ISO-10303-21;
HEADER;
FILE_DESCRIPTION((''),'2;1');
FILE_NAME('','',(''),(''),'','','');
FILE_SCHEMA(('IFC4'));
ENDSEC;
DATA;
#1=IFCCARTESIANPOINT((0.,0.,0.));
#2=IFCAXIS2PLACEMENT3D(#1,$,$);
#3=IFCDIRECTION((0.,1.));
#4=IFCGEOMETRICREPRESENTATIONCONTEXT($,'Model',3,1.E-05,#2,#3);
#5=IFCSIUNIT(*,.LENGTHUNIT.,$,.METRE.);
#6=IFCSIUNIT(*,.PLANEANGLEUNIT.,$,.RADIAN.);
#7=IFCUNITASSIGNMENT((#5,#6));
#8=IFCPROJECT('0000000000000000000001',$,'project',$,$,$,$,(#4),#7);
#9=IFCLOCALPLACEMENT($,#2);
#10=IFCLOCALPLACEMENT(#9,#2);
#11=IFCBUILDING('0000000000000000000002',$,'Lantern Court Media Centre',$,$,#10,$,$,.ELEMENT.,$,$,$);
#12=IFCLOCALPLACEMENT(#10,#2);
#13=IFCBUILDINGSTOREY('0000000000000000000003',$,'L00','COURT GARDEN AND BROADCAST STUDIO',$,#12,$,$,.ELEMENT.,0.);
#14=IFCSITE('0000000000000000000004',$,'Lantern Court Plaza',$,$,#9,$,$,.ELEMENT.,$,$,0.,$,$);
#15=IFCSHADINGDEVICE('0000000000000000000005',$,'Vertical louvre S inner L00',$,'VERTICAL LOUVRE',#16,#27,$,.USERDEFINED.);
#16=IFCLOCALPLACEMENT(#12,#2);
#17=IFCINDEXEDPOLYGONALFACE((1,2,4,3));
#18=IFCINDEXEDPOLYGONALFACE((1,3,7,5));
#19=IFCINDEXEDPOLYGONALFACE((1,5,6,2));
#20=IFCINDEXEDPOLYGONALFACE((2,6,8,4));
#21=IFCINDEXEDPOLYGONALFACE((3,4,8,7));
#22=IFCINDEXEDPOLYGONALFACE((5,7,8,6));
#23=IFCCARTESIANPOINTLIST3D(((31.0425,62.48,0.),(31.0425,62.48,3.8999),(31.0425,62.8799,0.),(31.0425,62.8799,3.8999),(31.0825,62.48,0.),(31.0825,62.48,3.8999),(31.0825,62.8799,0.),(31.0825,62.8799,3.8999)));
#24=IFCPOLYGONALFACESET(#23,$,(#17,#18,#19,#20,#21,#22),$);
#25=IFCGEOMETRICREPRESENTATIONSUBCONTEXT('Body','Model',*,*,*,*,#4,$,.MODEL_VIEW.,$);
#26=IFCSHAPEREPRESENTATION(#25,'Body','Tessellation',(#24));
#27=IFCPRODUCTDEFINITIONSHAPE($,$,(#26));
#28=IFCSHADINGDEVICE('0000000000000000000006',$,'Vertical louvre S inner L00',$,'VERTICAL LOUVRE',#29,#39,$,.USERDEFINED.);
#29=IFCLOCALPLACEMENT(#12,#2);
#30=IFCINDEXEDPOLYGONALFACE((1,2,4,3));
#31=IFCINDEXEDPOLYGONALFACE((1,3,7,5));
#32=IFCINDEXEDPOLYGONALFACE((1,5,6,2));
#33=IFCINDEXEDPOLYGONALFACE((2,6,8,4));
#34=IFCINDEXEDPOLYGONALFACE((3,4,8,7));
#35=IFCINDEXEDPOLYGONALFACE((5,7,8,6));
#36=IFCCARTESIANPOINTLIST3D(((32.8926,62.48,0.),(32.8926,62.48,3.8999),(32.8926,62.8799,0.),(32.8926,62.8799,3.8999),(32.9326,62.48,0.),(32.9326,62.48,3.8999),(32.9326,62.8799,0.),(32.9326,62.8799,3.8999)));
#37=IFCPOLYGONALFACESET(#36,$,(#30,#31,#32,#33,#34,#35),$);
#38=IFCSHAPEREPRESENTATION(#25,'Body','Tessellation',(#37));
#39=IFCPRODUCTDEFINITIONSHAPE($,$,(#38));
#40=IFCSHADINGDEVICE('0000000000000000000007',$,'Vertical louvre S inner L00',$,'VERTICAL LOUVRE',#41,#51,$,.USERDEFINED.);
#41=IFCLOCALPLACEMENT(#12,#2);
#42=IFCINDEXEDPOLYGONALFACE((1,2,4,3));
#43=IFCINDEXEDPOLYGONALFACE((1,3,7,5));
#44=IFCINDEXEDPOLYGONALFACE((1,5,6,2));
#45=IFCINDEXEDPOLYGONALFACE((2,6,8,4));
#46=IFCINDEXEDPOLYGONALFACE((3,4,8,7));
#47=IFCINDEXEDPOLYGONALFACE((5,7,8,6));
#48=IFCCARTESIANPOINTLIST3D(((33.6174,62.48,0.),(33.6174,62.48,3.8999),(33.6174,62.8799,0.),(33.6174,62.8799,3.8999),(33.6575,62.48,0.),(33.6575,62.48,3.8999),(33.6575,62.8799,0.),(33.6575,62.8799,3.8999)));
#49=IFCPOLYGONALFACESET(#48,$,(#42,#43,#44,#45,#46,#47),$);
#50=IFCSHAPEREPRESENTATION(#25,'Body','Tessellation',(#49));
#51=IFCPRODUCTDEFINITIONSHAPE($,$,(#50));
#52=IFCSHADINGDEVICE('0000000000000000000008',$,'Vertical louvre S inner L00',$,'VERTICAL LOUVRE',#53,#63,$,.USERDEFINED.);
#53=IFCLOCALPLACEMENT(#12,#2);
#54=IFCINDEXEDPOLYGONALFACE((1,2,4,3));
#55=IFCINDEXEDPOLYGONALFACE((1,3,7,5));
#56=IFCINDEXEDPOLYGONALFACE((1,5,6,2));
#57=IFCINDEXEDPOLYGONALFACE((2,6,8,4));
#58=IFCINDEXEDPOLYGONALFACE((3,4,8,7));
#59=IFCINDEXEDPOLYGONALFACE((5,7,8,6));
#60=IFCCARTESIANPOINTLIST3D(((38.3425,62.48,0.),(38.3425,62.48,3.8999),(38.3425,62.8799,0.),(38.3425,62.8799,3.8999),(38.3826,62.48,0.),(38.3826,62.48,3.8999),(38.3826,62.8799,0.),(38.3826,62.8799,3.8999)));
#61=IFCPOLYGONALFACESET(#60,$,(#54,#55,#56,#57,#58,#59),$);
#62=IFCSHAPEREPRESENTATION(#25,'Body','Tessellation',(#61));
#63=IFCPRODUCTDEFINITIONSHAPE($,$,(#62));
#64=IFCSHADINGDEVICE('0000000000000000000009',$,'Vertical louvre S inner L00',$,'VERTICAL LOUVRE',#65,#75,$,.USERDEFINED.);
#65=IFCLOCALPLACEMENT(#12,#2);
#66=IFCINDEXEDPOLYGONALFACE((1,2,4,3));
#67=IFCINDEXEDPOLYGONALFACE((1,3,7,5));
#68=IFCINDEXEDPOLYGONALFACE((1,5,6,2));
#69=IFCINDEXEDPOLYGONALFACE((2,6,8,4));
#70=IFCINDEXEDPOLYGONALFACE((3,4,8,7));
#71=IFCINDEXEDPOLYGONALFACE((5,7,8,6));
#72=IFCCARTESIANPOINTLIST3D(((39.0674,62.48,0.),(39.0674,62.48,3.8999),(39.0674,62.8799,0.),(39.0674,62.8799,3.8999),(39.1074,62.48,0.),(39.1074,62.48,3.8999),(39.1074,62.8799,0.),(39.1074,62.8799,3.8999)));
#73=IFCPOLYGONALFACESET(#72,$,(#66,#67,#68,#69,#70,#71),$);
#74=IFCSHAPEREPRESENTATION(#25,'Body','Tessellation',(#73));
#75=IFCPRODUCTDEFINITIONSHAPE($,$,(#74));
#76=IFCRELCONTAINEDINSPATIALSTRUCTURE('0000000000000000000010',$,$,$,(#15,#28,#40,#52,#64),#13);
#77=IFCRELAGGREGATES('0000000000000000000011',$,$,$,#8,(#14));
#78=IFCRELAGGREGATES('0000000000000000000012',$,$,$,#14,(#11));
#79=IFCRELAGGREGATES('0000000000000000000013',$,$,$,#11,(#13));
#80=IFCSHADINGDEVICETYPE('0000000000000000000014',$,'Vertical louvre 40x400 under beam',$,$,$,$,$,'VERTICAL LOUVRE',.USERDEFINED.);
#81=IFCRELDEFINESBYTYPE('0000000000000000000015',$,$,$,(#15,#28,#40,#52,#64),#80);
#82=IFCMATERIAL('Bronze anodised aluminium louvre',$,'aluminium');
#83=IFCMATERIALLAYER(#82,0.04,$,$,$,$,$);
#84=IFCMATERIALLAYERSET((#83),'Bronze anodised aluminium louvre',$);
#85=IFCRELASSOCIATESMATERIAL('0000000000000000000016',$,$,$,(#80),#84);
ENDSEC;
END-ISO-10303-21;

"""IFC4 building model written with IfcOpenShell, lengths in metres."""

from ifc_helpers import new_model, si_unit, direction, frame, origin, origin_2d, place, context, subcontext, project, spatial, rectangle, extrude, material, layer, layer_set, type_object, element, save


model = new_model("IFC4")

# Units and contexts
model_context = context("Model", 3, precision=1e-05, world=origin(), true_north=direction((0.0, 1.0)))
body_context = subcontext(model_context, "Body", "Model", "MODEL_VIEW")
ifc_project = project(units=[si_unit("LENGTHUNIT", "METRE"), si_unit("PLANEANGLEUNIT", "RADIAN")], contexts=[model_context])

# Site, building, storey
site_placement = place(None, origin())
site = spatial("IfcSite", under=ifc_project, at=site_placement, Name="Lantern Court Plaza", CompositionType="ELEMENT", RefElevation=0.0)
building_placement = place(site_placement, origin())
building = spatial("IfcBuilding", under=site, at=building_placement, Name="Lantern Court Media Centre", CompositionType="ELEMENT")
storey_placement = place(building_placement, origin())
storey = spatial("IfcBuildingStorey", under=building, at=storey_placement, Name="L00", Description="COURT GARDEN AND BROADCAST STUDIO", CompositionType="ELEMENT", Elevation=0.0)

# Shading devices
ifc_material_1 = material(Name="Bronze anodised aluminium louvre", Category="aluminium")
ifc_layer_1 = layer(ifc_material_1, 0.04)
ifc_layer_set_1 = layer_set([ifc_layer_1], Name="Bronze anodised aluminium louvre")
shading_device_type = type_object("IfcShadingDeviceType", Name="Vertical louvre 40x400 under beam", ElementType="VERTICAL LOUVRE", PredefinedType="USERDEFINED", material=ifc_layer_set_1)
for number, where, z_axis, x_axis, name in (
    (1, (31.0625, 62.6799, 0.0), (0.0, 0.0, 1.0), (1.0, 0.0, 0.0), "Vertical louvre S inner L00"),
    (2, (32.9126, 62.6799, 0.0), (0.0, 0.0, 1.0), (1.0, 0.0, 0.0), "Vertical louvre S inner L00"),
    (3, (33.6375, 62.6799, 0.0), (0.0, 0.0, 1.0), (1.0, 0.0, 0.0), "Vertical louvre S inner L00"),
    (4, (38.3625, 62.6799, 0.0), (0.0, 0.0, 1.0), (1.0, 0.0, 0.0), "Vertical louvre S inner L00"),
    (5, (39.0874, 62.6799, 0.0), (0.0, 0.0, 1.0), (1.0, 0.0, 0.0), "Vertical louvre S inner L00"),
):
    element("IfcShadingDevice", number, at=place(storey_placement, frame(where, z_axis=z_axis, x_axis=x_axis)), inside=storey, type_object=shading_device_type, Name=name, ObjectType="VERTICAL LOUVRE", PredefinedType="USERDEFINED", context=body_context, shape_type="SweptSolid", body=[
        extrude(rectangle(XDim=0.04, YDim=0.3999, at=origin_2d()), origin(), (0.0, 0.0, 1.0), 3.8999),
    ])

save(model, "model.ifc")
